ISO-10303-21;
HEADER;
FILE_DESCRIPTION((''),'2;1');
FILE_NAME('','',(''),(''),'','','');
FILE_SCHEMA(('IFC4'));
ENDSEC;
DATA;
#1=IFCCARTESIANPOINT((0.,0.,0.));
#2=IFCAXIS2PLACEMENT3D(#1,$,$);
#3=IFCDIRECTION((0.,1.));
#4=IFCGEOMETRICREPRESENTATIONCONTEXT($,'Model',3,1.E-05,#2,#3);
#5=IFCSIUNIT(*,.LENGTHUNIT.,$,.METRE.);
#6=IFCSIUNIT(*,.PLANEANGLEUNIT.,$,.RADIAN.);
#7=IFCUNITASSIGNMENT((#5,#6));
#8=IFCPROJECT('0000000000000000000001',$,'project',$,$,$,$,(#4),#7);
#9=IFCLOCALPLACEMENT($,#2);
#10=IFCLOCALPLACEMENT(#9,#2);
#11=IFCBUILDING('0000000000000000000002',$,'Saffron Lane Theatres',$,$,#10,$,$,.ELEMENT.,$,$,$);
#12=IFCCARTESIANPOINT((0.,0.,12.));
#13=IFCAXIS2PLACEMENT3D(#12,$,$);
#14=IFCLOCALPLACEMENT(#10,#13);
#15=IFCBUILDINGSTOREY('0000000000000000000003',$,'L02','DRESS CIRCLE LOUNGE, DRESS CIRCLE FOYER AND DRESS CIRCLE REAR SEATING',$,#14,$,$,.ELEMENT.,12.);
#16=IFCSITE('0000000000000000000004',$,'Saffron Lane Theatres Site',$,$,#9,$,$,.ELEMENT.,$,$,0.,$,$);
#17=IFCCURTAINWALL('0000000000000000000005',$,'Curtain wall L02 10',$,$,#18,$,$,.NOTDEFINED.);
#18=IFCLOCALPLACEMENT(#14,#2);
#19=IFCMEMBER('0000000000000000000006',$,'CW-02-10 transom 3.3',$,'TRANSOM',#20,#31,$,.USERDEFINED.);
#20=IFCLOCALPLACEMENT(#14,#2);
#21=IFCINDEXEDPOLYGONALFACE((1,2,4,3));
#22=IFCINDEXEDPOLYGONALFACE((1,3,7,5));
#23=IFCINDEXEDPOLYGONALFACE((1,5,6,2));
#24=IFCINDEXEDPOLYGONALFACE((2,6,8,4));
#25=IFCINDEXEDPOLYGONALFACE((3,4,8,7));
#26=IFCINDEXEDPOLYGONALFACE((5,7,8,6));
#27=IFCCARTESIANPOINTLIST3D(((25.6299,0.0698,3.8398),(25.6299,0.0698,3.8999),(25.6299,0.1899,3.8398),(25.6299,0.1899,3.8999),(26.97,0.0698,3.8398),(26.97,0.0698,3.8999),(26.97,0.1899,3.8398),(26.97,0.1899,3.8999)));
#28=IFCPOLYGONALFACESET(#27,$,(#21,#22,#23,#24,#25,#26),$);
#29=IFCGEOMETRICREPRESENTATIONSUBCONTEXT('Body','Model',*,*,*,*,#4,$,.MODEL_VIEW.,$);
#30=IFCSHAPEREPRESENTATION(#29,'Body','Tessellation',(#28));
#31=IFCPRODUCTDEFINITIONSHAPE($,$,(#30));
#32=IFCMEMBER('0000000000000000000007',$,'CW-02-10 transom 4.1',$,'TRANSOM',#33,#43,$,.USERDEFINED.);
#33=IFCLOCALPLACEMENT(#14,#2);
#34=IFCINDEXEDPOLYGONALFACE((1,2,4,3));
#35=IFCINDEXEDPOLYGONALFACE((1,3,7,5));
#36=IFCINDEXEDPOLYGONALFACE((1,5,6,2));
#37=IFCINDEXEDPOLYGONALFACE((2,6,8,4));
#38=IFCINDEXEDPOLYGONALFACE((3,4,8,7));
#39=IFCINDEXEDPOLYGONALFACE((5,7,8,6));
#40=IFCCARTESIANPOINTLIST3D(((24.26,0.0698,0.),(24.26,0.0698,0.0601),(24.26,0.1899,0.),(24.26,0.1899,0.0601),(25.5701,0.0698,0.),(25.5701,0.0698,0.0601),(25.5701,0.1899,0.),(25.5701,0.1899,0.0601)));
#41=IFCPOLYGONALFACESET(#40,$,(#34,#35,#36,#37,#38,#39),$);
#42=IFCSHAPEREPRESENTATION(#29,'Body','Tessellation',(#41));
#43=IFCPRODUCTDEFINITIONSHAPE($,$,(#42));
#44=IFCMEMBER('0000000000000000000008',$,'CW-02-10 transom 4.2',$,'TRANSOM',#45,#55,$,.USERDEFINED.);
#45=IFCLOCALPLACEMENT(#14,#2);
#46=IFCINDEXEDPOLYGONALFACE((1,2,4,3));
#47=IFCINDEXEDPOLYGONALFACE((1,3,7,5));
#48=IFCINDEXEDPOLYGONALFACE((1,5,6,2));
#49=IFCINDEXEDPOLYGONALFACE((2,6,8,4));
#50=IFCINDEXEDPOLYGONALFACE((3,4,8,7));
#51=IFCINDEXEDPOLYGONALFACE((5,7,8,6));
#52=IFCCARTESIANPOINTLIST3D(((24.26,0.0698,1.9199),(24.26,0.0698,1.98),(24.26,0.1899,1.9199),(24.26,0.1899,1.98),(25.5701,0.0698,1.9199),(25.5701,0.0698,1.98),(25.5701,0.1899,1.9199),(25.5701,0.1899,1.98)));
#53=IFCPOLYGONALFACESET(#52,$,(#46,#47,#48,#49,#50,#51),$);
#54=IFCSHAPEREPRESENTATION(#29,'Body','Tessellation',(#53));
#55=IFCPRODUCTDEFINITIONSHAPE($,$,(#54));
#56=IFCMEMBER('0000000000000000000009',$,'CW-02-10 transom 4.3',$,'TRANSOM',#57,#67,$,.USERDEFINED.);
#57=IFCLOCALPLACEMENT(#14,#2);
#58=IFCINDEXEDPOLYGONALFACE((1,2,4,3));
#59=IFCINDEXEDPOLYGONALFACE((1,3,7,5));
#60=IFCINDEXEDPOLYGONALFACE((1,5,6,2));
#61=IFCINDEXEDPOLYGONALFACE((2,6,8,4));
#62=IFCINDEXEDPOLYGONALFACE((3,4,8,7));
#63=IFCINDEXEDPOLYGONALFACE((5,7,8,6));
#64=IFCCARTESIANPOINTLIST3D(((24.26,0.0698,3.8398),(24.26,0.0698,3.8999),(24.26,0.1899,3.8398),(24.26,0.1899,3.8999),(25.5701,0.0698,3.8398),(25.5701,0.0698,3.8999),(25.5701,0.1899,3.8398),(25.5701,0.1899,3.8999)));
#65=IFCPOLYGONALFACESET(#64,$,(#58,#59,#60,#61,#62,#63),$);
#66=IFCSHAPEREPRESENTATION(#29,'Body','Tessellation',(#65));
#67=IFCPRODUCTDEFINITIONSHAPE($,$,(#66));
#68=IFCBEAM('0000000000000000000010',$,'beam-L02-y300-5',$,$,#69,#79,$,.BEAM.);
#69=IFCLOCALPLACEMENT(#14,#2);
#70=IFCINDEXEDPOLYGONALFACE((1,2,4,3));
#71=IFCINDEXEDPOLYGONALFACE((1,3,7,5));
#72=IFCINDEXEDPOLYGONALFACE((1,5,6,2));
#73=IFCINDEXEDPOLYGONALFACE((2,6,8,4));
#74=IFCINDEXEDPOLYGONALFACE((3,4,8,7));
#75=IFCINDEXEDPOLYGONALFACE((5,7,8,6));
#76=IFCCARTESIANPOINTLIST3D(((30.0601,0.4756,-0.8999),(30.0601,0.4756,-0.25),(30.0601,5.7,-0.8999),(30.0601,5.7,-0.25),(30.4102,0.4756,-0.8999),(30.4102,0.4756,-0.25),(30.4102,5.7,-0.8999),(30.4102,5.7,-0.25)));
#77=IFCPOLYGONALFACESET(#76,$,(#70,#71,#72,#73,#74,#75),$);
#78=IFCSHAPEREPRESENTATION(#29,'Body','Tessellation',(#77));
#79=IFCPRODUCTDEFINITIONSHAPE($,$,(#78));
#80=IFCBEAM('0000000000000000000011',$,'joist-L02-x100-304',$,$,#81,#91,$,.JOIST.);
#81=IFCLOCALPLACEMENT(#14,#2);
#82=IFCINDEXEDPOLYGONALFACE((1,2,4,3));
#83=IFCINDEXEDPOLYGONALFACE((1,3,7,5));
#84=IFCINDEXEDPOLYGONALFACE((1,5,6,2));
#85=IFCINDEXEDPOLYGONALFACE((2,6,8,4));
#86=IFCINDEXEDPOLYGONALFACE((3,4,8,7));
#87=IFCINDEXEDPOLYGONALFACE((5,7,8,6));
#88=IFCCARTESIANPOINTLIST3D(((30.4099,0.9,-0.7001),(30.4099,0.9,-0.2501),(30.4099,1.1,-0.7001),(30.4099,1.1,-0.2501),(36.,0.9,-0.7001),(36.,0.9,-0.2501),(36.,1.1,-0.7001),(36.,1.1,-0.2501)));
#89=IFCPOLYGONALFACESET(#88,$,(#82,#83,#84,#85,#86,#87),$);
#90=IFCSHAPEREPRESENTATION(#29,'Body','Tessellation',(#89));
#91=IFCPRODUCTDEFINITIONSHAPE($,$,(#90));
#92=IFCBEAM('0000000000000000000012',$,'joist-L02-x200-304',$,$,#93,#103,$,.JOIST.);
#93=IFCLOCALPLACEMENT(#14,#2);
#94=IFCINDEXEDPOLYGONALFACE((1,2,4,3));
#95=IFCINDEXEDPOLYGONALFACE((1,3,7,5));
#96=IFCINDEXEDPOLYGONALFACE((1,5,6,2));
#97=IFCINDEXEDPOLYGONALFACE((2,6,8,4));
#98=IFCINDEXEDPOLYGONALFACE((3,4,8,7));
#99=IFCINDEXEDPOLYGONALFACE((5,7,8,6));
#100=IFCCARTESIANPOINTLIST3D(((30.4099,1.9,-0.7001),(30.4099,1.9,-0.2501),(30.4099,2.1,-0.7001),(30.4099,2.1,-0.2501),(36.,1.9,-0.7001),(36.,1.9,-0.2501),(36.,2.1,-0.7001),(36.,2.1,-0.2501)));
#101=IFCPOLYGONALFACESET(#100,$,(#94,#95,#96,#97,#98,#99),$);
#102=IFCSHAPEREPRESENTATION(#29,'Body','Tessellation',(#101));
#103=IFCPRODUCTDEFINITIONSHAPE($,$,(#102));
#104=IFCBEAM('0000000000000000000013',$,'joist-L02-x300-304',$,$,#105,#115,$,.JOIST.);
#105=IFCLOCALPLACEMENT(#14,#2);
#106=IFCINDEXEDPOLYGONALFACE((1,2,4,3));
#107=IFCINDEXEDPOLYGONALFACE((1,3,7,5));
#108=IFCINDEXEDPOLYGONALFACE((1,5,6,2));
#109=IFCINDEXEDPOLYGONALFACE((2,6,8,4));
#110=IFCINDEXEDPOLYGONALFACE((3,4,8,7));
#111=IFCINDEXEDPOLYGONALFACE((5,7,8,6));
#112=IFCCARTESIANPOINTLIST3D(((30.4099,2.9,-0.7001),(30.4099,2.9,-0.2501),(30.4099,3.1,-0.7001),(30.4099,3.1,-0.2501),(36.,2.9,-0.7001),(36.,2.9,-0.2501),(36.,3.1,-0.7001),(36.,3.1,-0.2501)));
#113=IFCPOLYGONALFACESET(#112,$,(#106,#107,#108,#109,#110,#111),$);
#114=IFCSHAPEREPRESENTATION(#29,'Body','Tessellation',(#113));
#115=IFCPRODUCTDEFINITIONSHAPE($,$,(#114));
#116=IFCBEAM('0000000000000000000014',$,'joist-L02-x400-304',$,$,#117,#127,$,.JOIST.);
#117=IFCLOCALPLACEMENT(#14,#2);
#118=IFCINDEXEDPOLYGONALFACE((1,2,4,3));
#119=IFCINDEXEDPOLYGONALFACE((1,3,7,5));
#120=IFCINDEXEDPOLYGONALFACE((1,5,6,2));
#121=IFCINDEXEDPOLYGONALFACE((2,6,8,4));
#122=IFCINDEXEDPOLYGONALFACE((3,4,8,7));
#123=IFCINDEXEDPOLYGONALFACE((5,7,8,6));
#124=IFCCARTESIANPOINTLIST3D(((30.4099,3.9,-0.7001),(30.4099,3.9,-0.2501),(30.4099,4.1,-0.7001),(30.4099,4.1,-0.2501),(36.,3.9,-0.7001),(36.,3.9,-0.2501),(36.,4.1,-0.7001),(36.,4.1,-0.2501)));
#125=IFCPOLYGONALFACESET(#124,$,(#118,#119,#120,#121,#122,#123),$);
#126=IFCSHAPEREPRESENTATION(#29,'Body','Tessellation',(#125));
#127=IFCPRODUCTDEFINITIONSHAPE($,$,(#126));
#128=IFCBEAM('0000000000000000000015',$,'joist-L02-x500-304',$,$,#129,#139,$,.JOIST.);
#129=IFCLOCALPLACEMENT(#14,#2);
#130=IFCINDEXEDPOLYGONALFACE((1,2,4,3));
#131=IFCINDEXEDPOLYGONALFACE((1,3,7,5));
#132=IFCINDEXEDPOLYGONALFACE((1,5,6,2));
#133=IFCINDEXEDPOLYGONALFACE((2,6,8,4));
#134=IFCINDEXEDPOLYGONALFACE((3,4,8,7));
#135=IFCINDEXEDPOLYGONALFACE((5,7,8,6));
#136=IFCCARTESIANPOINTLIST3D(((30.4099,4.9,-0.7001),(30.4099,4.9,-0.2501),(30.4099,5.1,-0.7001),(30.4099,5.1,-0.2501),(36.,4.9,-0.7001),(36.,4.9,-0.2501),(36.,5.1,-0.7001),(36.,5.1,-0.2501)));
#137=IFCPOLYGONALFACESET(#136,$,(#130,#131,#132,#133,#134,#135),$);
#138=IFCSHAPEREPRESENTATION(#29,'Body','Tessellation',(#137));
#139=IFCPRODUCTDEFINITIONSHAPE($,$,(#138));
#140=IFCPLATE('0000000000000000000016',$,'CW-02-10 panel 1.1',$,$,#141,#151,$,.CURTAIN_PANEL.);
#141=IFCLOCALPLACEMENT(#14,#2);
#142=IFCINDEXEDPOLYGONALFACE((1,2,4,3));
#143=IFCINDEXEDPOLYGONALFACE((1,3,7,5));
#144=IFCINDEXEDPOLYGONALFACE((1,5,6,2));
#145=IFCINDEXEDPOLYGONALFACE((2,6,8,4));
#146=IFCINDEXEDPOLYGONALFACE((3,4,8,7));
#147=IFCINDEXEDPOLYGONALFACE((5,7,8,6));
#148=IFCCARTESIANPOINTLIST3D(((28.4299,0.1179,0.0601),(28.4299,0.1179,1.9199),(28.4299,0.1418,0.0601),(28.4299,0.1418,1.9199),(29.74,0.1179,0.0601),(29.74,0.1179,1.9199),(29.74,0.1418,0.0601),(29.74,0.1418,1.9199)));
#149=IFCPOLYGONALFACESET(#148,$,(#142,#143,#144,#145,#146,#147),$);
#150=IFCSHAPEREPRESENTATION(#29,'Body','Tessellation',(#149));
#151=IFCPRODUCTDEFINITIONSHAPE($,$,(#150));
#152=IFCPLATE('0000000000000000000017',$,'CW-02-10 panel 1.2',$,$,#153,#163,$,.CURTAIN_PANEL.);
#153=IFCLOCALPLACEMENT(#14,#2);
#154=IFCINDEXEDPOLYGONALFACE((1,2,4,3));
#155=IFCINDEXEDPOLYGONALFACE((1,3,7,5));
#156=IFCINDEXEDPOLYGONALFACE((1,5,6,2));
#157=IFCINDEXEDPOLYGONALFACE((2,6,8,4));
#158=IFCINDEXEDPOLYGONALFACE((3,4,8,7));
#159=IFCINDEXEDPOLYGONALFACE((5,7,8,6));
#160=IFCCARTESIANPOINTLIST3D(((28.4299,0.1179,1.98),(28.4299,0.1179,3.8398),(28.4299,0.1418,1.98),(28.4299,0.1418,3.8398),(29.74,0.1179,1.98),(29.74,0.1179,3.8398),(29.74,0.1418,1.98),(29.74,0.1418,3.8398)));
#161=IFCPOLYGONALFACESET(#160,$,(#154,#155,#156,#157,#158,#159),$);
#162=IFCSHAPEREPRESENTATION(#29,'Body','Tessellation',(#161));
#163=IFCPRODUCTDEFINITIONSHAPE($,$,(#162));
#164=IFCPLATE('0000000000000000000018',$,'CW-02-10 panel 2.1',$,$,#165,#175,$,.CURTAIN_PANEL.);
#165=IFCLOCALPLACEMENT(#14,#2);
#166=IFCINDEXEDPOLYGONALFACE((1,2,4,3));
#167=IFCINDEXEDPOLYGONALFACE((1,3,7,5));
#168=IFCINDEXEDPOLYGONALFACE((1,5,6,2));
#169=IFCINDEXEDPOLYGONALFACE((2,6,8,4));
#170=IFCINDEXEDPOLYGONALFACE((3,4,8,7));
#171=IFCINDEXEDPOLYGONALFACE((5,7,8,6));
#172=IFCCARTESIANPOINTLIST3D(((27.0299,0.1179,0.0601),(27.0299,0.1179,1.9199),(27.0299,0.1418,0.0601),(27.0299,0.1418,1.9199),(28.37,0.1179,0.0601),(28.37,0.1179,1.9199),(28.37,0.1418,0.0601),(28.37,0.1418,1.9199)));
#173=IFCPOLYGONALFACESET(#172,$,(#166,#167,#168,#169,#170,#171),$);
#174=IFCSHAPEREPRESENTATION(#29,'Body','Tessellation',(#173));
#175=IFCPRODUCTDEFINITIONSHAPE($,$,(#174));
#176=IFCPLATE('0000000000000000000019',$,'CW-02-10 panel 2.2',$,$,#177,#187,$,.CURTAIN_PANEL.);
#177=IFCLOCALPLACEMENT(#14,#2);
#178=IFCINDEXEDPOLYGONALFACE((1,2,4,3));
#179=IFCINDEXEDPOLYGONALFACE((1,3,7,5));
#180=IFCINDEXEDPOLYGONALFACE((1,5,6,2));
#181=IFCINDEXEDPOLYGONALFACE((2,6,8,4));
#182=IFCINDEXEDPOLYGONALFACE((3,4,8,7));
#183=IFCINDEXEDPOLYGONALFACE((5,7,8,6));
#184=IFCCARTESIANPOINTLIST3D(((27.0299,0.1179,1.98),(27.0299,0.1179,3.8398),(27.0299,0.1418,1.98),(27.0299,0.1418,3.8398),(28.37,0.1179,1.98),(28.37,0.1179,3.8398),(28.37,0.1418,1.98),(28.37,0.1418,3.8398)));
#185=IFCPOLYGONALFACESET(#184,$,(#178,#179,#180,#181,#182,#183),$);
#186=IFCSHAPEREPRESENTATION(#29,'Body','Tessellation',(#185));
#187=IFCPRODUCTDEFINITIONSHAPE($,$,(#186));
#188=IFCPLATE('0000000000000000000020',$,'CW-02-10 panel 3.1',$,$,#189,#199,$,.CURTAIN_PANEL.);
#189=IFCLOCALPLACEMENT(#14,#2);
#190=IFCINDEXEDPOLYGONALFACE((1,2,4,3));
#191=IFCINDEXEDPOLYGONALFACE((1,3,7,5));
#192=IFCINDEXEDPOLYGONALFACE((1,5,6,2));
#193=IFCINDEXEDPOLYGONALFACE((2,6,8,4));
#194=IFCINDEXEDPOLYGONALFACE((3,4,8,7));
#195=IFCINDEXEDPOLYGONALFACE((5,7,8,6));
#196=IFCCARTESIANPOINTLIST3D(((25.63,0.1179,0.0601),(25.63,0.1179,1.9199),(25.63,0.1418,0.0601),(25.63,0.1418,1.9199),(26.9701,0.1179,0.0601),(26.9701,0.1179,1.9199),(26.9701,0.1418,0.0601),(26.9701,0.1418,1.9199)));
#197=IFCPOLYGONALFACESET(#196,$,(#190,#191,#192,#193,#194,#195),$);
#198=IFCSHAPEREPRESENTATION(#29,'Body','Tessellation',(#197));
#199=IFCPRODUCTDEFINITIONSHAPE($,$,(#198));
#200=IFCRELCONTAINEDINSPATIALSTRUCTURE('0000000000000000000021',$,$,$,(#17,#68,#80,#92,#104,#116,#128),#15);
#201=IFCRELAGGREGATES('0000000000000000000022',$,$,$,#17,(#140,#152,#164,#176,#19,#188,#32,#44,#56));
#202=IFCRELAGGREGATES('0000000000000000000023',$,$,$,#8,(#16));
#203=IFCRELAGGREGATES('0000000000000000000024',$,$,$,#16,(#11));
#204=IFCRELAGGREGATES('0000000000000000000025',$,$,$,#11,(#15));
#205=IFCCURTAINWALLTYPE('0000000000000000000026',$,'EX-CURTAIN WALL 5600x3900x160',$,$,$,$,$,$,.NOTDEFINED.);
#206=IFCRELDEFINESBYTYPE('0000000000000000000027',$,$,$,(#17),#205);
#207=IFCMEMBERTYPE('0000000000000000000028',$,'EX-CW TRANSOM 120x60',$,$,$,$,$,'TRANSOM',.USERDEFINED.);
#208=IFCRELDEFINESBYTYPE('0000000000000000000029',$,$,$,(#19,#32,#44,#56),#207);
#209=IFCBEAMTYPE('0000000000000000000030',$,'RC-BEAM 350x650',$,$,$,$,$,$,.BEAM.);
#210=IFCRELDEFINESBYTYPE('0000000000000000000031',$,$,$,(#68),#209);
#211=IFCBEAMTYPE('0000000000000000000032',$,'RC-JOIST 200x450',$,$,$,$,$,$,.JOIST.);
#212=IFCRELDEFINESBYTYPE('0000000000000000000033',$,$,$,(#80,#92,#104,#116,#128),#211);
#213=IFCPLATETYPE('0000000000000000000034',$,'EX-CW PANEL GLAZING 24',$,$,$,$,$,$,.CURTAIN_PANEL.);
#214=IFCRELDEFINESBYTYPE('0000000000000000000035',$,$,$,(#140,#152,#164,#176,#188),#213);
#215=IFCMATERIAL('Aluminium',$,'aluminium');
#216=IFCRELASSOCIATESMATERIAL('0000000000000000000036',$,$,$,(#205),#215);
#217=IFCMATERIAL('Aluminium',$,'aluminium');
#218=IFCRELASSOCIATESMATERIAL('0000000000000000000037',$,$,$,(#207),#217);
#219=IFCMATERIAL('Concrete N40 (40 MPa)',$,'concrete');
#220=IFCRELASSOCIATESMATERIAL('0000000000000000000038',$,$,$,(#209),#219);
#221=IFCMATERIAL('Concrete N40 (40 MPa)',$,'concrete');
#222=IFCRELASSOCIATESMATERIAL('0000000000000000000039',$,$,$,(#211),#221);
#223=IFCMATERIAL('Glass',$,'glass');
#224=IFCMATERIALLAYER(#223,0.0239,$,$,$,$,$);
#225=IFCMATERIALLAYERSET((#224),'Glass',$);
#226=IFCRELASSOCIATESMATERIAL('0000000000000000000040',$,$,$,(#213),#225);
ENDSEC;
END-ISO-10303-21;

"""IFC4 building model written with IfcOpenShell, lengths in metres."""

from ifc_helpers import new_model, si_unit, direction, frame, origin, origin_2d, place, context, subcontext, project, spatial, rectangle, extrude, material, layer, layer_set, material_profile, profile_set, type_object, element, aggregate, save


model = new_model("IFC4")

# Units and contexts
model_context = context("Model", 3, precision=1e-05, world=origin(), true_north=direction((0.0, 1.0)))
body_context = subcontext(model_context, "Body", "Model", "MODEL_VIEW")
ifc_project = project(units=[si_unit("LENGTHUNIT", "METRE"), si_unit("PLANEANGLEUNIT", "RADIAN")], contexts=[model_context])

# Site, building, storey
site_placement = place(None, origin())
site = spatial("IfcSite", under=ifc_project, at=site_placement, Name="Saffron Lane Theatres Site", CompositionType="ELEMENT", RefElevation=0.0)
building_placement = place(site_placement, origin())
building = spatial("IfcBuilding", under=site, at=building_placement, Name="Saffron Lane Theatres", CompositionType="ELEMENT")
storey_placement = place(building_placement, frame((0.0, 0.0, 12.0)))
storey = spatial("IfcBuildingStorey", under=building, at=storey_placement, Name="L02", Description="DRESS CIRCLE LOUNGE, DRESS CIRCLE FOYER AND DRESS CIRCLE REAR SEATING", CompositionType="ELEMENT", Elevation=12.0)

# Curtain wall, members
ifc_material_1 = material(Name="Aluminium", Category="aluminium")
curtain_wall_type_1 = type_object("IfcCurtainWallType", Name="EX-CURTAIN WALL 5600x3900x160", PredefinedType="NOTDEFINED", material=ifc_material_1)
curtain_wall_1_placement = place(storey_placement, origin())
curtain_wall_1 = element("IfcCurtainWall", 1, at=curtain_wall_1_placement, inside=storey, type_object=curtain_wall_type_1, Name="Curtain wall L02 10", PredefinedType="NOTDEFINED")
ifc_material_2 = material(Name="Aluminium", Category="aluminium")
ifc_material_profile_1 = material_profile(ifc_material_2, rectangle(XDim=0.1201, YDim=0.0601, at=origin_2d()))
ifc_profile_set_1 = profile_set([ifc_material_profile_1], Name="Aluminium")
member_type_1 = type_object("IfcMemberType", Name="EX-CW TRANSOM 120x60", ElementType="TRANSOM", PredefinedType="USERDEFINED", material=ifc_profile_set_1)
member_1_placement = place(storey_placement, frame((26.97, 0.1299, 3.8699), z_axis=(-1.0, 0.0, 0.0), x_axis=(0.0, -1.0, 0.0)))
member_1 = element("IfcMember", 2, at=member_1_placement, type_object=member_type_1, Name="CW-02-10 transom 3.3", ObjectType="TRANSOM", PredefinedType="USERDEFINED", context=body_context, shape_type="SweptSolid", body=[
    extrude(rectangle(XDim=0.1201, YDim=0.0601, at=origin_2d()), origin(), (0.0, 0.0, 1.0), 1.3401),
])
member_2_placement = place(storey_placement, frame((25.5701, 0.1299, 0.03), z_axis=(-1.0, 0.0, 0.0), x_axis=(0.0, -1.0, 0.0)))
member_2 = element("IfcMember", 3, at=member_2_placement, type_object=member_type_1, Name="CW-02-10 transom 4.1", ObjectType="TRANSOM", PredefinedType="USERDEFINED", context=body_context, shape_type="SweptSolid", body=[
    extrude(rectangle(XDim=0.1201, YDim=0.0601, at=origin_2d()), origin(), (0.0, 0.0, 1.0), 1.3101),
])
member_3_placement = place(storey_placement, frame((25.5701, 0.1299, 1.95), z_axis=(-1.0, 0.0, 0.0), x_axis=(0.0, -1.0, 0.0)))
member_3 = element("IfcMember", 4, at=member_3_placement, type_object=member_type_1, Name="CW-02-10 transom 4.2", ObjectType="TRANSOM", PredefinedType="USERDEFINED", context=body_context, shape_type="SweptSolid", body=[
    extrude(rectangle(XDim=0.1201, YDim=0.0601, at=origin_2d()), origin(), (0.0, 0.0, 1.0), 1.3101),
])
member_4_placement = place(storey_placement, frame((25.5701, 0.1299, 3.8699), z_axis=(-1.0, 0.0, 0.0), x_axis=(0.0, -1.0, 0.0)))
member_4 = element("IfcMember", 5, at=member_4_placement, type_object=member_type_1, Name="CW-02-10 transom 4.3", ObjectType="TRANSOM", PredefinedType="USERDEFINED", context=body_context, shape_type="SweptSolid", body=[
    extrude(rectangle(XDim=0.1201, YDim=0.0601, at=origin_2d()), origin(), (0.0, 0.0, 1.0), 1.3101),
])

# Beams
ifc_material_3 = material(Name="Concrete N40 (40 MPa)", Category="concrete")
ifc_material_profile_2 = material_profile(ifc_material_3, rectangle(XDim=0.3501, YDim=0.6499, at=origin_2d()))
ifc_profile_set_2 = profile_set([ifc_material_profile_2], Name="Concrete N40 (40 MPa)")
beam_type_1 = type_object("IfcBeamType", Name="RC-BEAM 350x650", PredefinedType="BEAM", material=ifc_profile_set_2)
beam_placement = place(storey_placement, frame((30.2351, 0.4756, -0.575), z_axis=(0.0, 1.0, 0.0), x_axis=(-1.0, 0.0, 0.0)))
element("IfcBeam", 6, at=beam_placement, inside=storey, type_object=beam_type_1, Name="beam-L02-y300-5", PredefinedType="BEAM", context=body_context, shape_type="SweptSolid", body=[
    extrude(rectangle(XDim=0.3501, YDim=0.6499, at=origin_2d()), origin(), (0.0, 0.0, 1.0), 5.2244),
])
ifc_material_4 = material(Name="Concrete N40 (40 MPa)", Category="concrete")
ifc_material_profile_3 = material_profile(ifc_material_4, rectangle(XDim=0.2, YDim=0.45, at=origin_2d()))
ifc_profile_set_3 = profile_set([ifc_material_profile_3], Name="Concrete N40 (40 MPa)")
beam_type_2 = type_object("IfcBeamType", Name="RC-JOIST 200x450", PredefinedType="JOIST", material=ifc_profile_set_3)
for number, where, z_axis, x_axis, name in (
    (7, (30.4099, 1.0, -0.4751), (1.0, 0.0, 0.0), (0.0, 1.0, 0.0), "joist-L02-x100-304"),
    (8, (30.4099, 2.0, -0.4751), (1.0, 0.0, 0.0), (0.0, 1.0, 0.0), "joist-L02-x200-304"),
    (9, (30.4099, 3.0, -0.4751), (1.0, 0.0, 0.0), (0.0, 1.0, 0.0), "joist-L02-x300-304"),
    (10, (30.4099, 4.0, -0.4751), (1.0, 0.0, 0.0), (0.0, 1.0, 0.0), "joist-L02-x400-304"),
    (11, (30.4099, 5.0, -0.4751), (1.0, 0.0, 0.0), (0.0, 1.0, 0.0), "joist-L02-x500-304"),
):
    element("IfcBeam", number, at=place(storey_placement, frame(where, z_axis=z_axis, x_axis=x_axis)), inside=storey, type_object=beam_type_2, Name=name, PredefinedType="JOIST", context=body_context, shape_type="SweptSolid", body=[
        extrude(rectangle(XDim=0.2, YDim=0.45, at=origin_2d()), origin(), (0.0, 0.0, 1.0), 5.5901),
    ])

# Plates
ifc_material_5 = material(Name="Glass", Category="glass")
ifc_layer_1 = layer(ifc_material_5, 0.0239)
ifc_layer_set_1 = layer_set([ifc_layer_1], Name="Glass")
plate_type = type_object("IfcPlateType", Name="EX-CW PANEL GLAZING 24", PredefinedType="CURTAIN_PANEL", material=ifc_layer_set_1)
plate_1_placement = place(storey_placement, frame((29.085, 0.1299, 0.0601), z_axis=(0.0, 0.0, 1.0), x_axis=(-1.0, 0.0, 0.0)))
plate_1 = element("IfcPlate", 12, at=plate_1_placement, type_object=plate_type, Name="CW-02-10 panel 1.1", PredefinedType="CURTAIN_PANEL", context=body_context, shape_type="SweptSolid", body=[
    extrude(rectangle(XDim=1.3101, YDim=0.0239, at=origin_2d()), origin(), (0.0, 0.0, 1.0), 1.8599),
])
plate_2_placement = place(storey_placement, frame((29.085, 0.1299, 1.98), z_axis=(0.0, 0.0, 1.0), x_axis=(-1.0, 0.0, 0.0)))
plate_2 = element("IfcPlate", 13, at=plate_2_placement, type_object=plate_type, Name="CW-02-10 panel 1.2", PredefinedType="CURTAIN_PANEL", context=body_context, shape_type="SweptSolid", body=[
    extrude(rectangle(XDim=1.3101, YDim=0.0239, at=origin_2d()), origin(), (0.0, 0.0, 1.0), 1.8599),
])
plate_3_placement = place(storey_placement, frame((27.7, 0.1299, 0.0601), z_axis=(0.0, 0.0, 1.0), x_axis=(-1.0, 0.0, 0.0)))
plate_3 = element("IfcPlate", 14, at=plate_3_placement, type_object=plate_type, Name="CW-02-10 panel 2.1", PredefinedType="CURTAIN_PANEL", context=body_context, shape_type="SweptSolid", body=[
    extrude(rectangle(XDim=1.3401, YDim=0.0239, at=origin_2d()), origin(), (0.0, 0.0, 1.0), 1.8599),
])
plate_4_placement = place(storey_placement, frame((27.7, 0.1299, 1.98), z_axis=(0.0, 0.0, 1.0), x_axis=(-1.0, 0.0, 0.0)))
plate_4 = element("IfcPlate", 15, at=plate_4_placement, type_object=plate_type, Name="CW-02-10 panel 2.2", PredefinedType="CURTAIN_PANEL", context=body_context, shape_type="SweptSolid", body=[
    extrude(rectangle(XDim=1.3401, YDim=0.0239, at=origin_2d()), origin(), (0.0, 0.0, 1.0), 1.8599),
])
plate_5_placement = place(storey_placement, frame((26.3, 0.1299, 0.0601), z_axis=(0.0, 0.0, 1.0), x_axis=(-1.0, 0.0, 0.0)))
plate_5 = element("IfcPlate", 16, at=plate_5_placement, type_object=plate_type, Name="CW-02-10 panel 3.1", PredefinedType="CURTAIN_PANEL", context=body_context, shape_type="SweptSolid", body=[
    extrude(rectangle(XDim=1.3401, YDim=0.0239, at=origin_2d()), origin(), (0.0, 0.0, 1.0), 1.8599),
])
aggregate(curtain_wall_1, [plate_1, plate_2, plate_3, plate_4, member_1, plate_5, member_2, member_3, member_4])

save(model, "model.ifc")
